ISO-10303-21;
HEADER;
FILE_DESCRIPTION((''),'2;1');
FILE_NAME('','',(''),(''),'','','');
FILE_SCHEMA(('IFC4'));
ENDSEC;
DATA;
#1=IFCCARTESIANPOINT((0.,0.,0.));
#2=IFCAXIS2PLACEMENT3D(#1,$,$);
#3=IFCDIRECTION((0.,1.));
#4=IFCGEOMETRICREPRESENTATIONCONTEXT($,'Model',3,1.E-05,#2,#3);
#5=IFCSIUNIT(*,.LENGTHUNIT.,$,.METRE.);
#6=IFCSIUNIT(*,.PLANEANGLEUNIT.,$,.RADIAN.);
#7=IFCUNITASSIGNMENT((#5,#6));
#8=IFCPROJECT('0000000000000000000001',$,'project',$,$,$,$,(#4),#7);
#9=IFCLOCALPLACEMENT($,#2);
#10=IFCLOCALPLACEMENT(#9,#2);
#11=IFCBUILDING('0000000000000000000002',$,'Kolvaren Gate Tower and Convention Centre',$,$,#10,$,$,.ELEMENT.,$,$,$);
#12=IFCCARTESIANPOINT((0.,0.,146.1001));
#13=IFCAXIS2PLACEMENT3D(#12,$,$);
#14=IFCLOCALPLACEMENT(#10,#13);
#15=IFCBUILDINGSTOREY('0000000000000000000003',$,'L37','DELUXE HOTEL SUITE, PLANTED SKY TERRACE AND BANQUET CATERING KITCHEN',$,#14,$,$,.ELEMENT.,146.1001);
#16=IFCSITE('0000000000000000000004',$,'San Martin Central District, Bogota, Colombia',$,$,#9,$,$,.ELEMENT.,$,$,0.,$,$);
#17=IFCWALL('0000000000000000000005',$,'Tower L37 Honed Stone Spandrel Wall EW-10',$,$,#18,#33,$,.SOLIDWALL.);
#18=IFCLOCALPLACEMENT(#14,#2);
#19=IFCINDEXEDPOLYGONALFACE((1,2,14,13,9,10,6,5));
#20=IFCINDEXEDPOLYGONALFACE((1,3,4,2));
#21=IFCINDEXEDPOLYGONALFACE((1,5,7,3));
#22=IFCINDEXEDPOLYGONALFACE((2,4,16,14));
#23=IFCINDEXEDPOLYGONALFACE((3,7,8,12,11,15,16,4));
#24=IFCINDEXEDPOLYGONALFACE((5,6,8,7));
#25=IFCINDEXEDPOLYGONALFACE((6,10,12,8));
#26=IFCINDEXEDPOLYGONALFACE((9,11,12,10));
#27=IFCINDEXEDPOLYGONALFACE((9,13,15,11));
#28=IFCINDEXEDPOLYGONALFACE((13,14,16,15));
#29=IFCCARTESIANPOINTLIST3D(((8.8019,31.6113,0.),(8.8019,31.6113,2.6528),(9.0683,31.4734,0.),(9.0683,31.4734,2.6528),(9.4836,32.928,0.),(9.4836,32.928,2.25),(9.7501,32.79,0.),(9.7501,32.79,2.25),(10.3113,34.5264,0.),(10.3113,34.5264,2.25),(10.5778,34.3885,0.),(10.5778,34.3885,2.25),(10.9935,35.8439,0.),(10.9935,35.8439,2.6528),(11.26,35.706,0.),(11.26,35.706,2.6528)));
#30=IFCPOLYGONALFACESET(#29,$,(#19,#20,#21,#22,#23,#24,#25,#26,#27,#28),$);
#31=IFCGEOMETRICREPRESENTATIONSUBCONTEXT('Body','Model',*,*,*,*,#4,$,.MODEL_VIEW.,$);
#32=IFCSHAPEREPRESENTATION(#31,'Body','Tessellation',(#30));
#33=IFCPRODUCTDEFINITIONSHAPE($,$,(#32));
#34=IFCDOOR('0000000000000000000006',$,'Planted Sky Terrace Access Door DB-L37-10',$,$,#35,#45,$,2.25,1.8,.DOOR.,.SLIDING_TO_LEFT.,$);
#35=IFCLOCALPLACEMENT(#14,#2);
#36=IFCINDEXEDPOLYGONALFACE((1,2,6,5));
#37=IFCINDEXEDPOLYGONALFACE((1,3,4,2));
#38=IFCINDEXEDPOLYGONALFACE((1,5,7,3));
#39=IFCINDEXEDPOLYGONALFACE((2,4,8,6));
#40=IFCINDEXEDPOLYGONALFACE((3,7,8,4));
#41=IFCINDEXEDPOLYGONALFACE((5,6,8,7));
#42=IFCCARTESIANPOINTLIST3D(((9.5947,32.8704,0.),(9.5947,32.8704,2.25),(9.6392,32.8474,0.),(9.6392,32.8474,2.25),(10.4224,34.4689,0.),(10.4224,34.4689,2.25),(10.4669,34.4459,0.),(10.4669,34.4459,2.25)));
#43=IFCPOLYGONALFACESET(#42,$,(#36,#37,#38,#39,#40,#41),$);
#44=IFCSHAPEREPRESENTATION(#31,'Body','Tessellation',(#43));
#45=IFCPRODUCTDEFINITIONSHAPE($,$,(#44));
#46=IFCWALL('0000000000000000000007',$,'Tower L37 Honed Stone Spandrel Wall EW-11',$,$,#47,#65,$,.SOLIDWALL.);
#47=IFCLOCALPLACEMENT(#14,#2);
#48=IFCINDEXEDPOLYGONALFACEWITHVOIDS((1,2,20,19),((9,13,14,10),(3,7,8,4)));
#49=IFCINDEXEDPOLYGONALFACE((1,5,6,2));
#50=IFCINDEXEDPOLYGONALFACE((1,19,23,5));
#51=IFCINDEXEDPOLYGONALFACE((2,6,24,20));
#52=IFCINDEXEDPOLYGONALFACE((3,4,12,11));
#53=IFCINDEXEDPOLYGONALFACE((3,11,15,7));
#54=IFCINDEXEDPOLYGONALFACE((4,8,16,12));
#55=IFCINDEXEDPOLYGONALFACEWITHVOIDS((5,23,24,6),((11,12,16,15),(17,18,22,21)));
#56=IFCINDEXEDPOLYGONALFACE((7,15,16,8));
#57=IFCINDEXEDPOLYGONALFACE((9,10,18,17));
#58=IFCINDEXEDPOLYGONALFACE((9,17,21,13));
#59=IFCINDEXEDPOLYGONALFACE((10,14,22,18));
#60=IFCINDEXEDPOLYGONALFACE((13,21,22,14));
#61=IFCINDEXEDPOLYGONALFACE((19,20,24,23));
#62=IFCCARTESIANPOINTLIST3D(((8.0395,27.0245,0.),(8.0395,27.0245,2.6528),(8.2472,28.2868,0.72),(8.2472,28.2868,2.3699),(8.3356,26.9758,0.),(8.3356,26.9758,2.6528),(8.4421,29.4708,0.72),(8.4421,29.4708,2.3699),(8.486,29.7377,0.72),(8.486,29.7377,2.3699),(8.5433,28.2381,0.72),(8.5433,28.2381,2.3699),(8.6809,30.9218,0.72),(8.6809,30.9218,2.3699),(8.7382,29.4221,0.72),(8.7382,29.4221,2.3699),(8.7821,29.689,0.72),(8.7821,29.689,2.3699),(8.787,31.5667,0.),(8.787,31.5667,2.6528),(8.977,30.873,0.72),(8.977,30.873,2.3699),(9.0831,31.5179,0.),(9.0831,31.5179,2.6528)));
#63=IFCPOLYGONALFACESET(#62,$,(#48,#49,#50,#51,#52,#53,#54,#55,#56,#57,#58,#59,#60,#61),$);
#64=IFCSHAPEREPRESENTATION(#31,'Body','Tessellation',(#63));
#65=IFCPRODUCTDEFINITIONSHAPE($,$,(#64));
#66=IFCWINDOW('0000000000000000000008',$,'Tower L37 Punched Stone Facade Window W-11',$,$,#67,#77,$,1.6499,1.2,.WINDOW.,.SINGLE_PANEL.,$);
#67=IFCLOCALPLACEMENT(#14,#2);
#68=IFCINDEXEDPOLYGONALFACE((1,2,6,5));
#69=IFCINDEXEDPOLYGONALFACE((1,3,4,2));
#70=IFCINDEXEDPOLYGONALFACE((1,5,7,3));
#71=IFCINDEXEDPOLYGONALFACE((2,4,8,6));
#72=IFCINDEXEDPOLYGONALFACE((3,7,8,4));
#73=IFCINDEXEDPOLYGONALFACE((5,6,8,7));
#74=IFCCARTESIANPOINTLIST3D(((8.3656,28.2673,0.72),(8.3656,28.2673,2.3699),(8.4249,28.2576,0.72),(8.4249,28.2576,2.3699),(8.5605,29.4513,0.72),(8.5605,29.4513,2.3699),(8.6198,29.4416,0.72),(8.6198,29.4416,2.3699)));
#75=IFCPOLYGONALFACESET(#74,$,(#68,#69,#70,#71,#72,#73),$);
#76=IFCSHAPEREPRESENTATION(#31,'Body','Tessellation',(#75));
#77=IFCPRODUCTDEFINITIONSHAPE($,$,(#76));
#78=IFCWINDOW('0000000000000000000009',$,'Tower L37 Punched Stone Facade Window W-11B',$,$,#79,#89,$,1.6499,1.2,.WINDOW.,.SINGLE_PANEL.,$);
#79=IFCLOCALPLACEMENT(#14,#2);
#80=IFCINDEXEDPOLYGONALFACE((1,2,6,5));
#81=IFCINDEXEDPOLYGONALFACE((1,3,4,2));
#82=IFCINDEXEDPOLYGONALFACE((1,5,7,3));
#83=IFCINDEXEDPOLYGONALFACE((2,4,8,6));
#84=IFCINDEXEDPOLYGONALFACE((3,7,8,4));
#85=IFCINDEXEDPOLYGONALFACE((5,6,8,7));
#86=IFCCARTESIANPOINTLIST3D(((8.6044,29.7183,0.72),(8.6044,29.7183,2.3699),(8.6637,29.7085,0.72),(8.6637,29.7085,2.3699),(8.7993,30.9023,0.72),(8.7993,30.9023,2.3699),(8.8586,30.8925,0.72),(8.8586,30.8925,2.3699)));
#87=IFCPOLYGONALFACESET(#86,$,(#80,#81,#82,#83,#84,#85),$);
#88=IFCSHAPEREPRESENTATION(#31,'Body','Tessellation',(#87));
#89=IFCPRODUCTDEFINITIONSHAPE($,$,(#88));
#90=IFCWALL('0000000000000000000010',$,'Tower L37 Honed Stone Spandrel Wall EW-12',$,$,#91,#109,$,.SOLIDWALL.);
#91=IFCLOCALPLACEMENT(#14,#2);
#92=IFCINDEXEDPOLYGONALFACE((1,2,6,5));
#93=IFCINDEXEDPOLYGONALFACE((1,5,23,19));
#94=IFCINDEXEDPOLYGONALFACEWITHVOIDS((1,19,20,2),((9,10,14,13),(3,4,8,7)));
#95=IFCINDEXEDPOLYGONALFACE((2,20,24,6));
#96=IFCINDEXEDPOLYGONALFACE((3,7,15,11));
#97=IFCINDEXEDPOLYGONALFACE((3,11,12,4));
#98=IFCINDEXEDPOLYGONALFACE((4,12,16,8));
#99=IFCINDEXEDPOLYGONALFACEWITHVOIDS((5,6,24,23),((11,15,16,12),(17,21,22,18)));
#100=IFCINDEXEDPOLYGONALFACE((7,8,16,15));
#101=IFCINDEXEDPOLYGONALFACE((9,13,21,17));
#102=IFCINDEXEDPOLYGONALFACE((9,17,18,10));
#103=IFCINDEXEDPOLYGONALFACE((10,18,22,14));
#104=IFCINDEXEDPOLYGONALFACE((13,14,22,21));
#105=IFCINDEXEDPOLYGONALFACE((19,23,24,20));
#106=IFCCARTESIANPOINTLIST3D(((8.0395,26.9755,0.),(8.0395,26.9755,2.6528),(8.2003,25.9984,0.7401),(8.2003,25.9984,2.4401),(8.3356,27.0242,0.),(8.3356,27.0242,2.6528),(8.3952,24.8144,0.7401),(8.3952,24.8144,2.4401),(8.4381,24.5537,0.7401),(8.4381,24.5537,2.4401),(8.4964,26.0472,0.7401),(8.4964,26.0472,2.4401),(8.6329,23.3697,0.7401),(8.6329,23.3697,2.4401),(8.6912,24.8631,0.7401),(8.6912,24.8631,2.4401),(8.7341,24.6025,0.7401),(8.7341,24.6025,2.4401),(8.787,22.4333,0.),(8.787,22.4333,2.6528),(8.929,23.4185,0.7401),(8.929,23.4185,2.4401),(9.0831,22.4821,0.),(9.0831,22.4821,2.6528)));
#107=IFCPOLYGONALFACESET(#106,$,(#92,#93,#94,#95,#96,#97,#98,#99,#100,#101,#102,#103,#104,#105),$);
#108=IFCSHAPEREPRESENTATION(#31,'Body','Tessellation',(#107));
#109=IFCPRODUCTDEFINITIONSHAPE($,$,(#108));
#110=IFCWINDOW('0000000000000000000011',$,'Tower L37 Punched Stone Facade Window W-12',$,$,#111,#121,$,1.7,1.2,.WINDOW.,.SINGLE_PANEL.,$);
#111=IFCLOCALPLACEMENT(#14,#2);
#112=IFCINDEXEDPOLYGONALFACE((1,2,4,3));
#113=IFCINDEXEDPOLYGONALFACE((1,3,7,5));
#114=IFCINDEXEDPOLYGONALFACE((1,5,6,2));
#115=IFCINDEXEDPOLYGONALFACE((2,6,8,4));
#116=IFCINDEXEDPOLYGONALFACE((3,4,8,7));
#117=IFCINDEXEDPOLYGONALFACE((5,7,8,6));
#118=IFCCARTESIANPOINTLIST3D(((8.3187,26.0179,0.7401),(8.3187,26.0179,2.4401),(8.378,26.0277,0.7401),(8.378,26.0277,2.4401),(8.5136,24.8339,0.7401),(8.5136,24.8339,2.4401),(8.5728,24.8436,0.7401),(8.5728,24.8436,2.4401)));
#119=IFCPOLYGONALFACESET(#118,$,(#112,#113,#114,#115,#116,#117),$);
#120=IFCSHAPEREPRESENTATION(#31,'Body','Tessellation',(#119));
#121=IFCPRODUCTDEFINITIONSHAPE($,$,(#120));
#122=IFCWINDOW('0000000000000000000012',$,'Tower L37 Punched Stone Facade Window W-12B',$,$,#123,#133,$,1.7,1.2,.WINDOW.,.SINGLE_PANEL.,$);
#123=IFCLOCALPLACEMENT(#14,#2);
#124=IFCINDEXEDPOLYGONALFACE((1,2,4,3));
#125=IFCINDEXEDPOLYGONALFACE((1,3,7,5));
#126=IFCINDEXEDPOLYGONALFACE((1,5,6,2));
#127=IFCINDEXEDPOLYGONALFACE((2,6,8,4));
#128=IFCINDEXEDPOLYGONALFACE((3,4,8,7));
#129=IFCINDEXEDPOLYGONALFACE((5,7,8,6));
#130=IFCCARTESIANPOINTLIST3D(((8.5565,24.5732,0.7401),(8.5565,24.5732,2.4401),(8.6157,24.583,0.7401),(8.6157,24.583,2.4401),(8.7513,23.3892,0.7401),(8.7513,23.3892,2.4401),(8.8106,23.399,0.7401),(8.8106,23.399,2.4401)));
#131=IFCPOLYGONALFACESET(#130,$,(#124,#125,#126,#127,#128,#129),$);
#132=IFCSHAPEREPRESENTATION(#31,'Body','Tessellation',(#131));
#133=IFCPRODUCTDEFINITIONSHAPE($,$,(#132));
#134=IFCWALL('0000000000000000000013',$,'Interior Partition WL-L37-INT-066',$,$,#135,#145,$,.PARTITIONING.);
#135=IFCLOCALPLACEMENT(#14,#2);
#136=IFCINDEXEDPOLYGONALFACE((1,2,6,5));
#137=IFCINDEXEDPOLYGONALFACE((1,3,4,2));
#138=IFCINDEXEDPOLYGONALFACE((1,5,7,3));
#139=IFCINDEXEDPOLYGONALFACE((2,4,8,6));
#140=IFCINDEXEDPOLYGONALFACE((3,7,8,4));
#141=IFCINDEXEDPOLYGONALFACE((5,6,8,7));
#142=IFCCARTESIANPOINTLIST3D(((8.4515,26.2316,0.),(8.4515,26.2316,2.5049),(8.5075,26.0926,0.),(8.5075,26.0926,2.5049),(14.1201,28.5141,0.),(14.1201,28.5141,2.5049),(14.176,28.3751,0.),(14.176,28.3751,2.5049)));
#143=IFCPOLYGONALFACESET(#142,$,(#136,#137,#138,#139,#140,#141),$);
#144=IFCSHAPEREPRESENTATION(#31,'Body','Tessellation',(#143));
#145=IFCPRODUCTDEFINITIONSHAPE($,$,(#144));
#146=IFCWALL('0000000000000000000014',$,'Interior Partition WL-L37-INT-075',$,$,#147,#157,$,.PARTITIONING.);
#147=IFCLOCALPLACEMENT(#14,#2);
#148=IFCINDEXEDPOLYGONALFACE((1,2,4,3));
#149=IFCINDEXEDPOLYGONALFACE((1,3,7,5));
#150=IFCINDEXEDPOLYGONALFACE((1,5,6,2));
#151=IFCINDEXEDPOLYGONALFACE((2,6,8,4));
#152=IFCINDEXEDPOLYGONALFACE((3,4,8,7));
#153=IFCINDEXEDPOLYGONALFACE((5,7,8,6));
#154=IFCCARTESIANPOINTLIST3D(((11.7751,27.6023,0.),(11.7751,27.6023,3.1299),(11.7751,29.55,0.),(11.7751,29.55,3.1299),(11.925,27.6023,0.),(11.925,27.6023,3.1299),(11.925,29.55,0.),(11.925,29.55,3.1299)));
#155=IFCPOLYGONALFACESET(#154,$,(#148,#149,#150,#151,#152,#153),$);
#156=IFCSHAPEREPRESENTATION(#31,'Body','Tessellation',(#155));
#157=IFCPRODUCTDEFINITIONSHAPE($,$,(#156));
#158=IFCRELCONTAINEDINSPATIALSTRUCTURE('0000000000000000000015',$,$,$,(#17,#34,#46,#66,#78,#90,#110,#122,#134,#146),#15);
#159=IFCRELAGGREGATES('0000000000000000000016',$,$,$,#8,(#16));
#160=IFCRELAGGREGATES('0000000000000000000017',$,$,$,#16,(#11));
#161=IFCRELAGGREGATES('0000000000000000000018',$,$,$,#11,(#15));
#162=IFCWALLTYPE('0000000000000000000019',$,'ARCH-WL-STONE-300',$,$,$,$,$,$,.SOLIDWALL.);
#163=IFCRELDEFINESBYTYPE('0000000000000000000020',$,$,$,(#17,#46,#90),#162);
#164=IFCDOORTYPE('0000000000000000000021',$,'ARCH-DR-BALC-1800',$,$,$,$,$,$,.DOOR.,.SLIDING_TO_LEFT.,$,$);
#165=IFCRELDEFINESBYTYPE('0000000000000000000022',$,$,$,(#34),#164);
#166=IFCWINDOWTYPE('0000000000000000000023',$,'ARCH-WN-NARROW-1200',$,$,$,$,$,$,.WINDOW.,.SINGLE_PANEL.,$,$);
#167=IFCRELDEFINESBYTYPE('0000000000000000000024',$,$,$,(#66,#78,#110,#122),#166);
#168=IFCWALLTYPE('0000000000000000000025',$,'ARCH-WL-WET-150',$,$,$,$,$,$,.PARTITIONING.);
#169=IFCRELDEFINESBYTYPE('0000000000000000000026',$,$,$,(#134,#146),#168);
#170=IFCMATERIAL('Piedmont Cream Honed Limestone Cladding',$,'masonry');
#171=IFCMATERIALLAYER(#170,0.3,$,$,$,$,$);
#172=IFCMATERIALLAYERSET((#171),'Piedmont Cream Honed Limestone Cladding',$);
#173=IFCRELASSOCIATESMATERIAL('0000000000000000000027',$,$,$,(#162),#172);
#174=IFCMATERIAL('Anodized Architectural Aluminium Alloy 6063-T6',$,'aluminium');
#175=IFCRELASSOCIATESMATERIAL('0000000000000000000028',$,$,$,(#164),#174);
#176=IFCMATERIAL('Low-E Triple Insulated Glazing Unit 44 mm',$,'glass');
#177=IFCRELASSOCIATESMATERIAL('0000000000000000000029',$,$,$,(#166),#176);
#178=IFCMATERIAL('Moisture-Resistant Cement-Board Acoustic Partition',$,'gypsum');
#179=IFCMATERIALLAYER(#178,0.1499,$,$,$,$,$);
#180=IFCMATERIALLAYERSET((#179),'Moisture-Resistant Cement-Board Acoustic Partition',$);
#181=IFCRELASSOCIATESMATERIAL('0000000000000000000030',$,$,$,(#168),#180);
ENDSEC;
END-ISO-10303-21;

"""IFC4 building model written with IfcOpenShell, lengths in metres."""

from ifc_helpers import new_model, si_unit, direction, frame, frame_2d, origin, place, context, subcontext, project, spatial, rectangle, extrude, material, layer, layer_set, type_object, element, fill, save


model = new_model("IFC4")

# Units and contexts
model_context = context("Model", 3, precision=1e-05, world=origin(), true_north=direction((0.0, 1.0)))
body_context = subcontext(model_context, "Body", "Model", "MODEL_VIEW")
ifc_project = project(units=[si_unit("LENGTHUNIT", "METRE"), si_unit("PLANEANGLEUNIT", "RADIAN")], contexts=[model_context])

# Site, building, storey
site_placement = place(None, origin())
site = spatial("IfcSite", under=ifc_project, at=site_placement, Name="San Martin Central District, Bogota, Colombia", CompositionType="ELEMENT", RefElevation=0.0)
building_placement = place(site_placement, origin())
building = spatial("IfcBuilding", under=site, at=building_placement, Name="Kolvaren Gate Tower and Convention Centre", CompositionType="ELEMENT")
storey_placement = place(building_placement, frame((0.0, 0.0, 146.1001)))
storey = spatial("IfcBuildingStorey", under=building, at=storey_placement, Name="L37", Description="DELUXE HOTEL SUITE, PLANTED SKY TERRACE AND BANQUET CATERING KITCHEN", CompositionType="ELEMENT", Elevation=146.1001)

# Shared definitions
ifc_material_1 = material(Name="Piedmont Cream Honed Limestone Cladding", Category="masonry")

# Shared definitions
ifc_layer_1 = layer(ifc_material_1, 0.3)
ifc_layer_set_1 = layer_set([ifc_layer_1], Name="Piedmont Cream Honed Limestone Cladding")
wall_type_1 = type_object("IfcWallType", Name="ARCH-WL-STONE-300", PredefinedType="SOLIDWALL", material=ifc_layer_set_1)
ifc_material_2 = material(Name="Low-E Triple Insulated Glazing Unit 44 mm", Category="glass")

# Wall, opening, door
wall_1_placement = place(storey_placement, frame((8.9351, 31.5422, 0.0), z_axis=(0.0, 0.0, 1.0), x_axis=(0.45981, 0.888017, 0.0)))
wall_1 = element("IfcWall", 1, at=wall_1_placement, inside=storey, type_object=wall_type_1, Name="Tower L37 Honed Stone Spandrel Wall EW-10", PredefinedType="SOLIDWALL", context=body_context, shape_type="SweptSolid", body=[
    extrude(rectangle(XDim=4.7664, YDim=0.3, at=frame_2d((2.3833, 0.0))), origin(), (0.0, 0.0, 1.0), 2.6528),
])
opening_1_placement = place(wall_1_placement, frame((1.4829, 0.0, 0.0)))
opening_1 = element("IfcOpeningElement", 2, at=opening_1_placement, cuts=wall_1, PredefinedType="OPENING", context=body_context, shape_type="SweptSolid", body=[
    extrude(rectangle(XDim=1.8, YDim=2.25, at=frame_2d((0.8999, 1.125))), frame((0.0, 0.1599, 0.0), z_axis=(0.0, -1.0, 0.0), x_axis=(1.0, 0.0, 0.0)), (0.0, 0.0, 1.0), 0.3201),
])
ifc_material_3 = material(Name="Anodized Architectural Aluminium Alloy 6063-T6", Category="aluminium")
door_type_1 = type_object("IfcDoorType", Name="ARCH-DR-BALC-1800", OperationType="SLIDING_TO_LEFT", PredefinedType="DOOR", material=ifc_material_3)
door_1_placement = place(opening_1_placement, origin())
door_1 = element("IfcDoor", 3, at=door_1_placement, inside=storey, type_object=door_type_1, Name="Planted Sky Terrace Access Door DB-L37-10", OperationType="SLIDING_TO_LEFT", OverallHeight=2.25, OverallWidth=1.8, PredefinedType="DOOR", context=body_context, shape_type="SweptSolid", body=[
    extrude(rectangle(XDim=1.8, YDim=2.25, at=frame_2d((0.8999, 1.125))), frame((0.0, 0.0249, 0.0), z_axis=(0.0, -1.0, 0.0), x_axis=(1.0, 0.0, 0.0)), (0.0, 0.0, 1.0), 0.05),
])
fill(opening_1, door_1)

# Walls, openings, windows
wall_2_placement = place(storey_placement, frame((8.1875, 27.0, 0.0), z_axis=(0.0, 0.0, 1.0), x_axis=(0.162395, 0.986726, 0.0)))
wall_2 = element("IfcWall", 4, at=wall_2_placement, inside=storey, type_object=wall_type_1, Name="Tower L37 Honed Stone Spandrel Wall EW-11", PredefinedType="SOLIDWALL", context=body_context, shape_type="SweptSolid", body=[
    extrude(rectangle(XDim=4.6033, YDim=0.3, at=frame_2d((2.3018, 0.0))), origin(), (0.0, 0.0, 1.0), 2.6528),
])
opening_2_placement = place(wall_2_placement, frame((1.2793, 0.0, 0.72)))
opening_2 = element("IfcOpeningElement", 5, at=opening_2_placement, cuts=wall_2, PredefinedType="OPENING", context=body_context, shape_type="SweptSolid", body=[
    extrude(rectangle(XDim=1.2, YDim=1.6499, at=frame_2d((0.6001, 0.825))), frame((0.0, 0.1599, 0.0), z_axis=(0.0, -1.0, 0.0), x_axis=(1.0, 0.0, 0.0)), (0.0, 0.0, 1.0), 0.3201),
])
opening_3_placement = place(wall_2_placement, frame((2.7498, 0.0, 0.72)))
opening_3 = element("IfcOpeningElement", 6, at=opening_3_placement, cuts=wall_2, PredefinedType="OPENING", context=body_context, shape_type="SweptSolid", body=[
    extrude(rectangle(XDim=1.2, YDim=1.6499, at=frame_2d((0.6001, 0.825))), frame((0.0, 0.1599, 0.0), z_axis=(0.0, -1.0, 0.0), x_axis=(1.0, 0.0, 0.0)), (0.0, 0.0, 1.0), 0.3201),
])
window_type_1 = type_object("IfcWindowType", Name="ARCH-WN-NARROW-1200", PartitioningType="SINGLE_PANEL", PredefinedType="WINDOW", material=ifc_material_2)
window_1_placement = place(opening_2_placement, origin())
window_1 = element("IfcWindow", 7, at=window_1_placement, inside=storey, type_object=window_type_1, Name="Tower L37 Punched Stone Facade Window W-11", OverallHeight=1.6499, OverallWidth=1.2, PartitioningType="SINGLE_PANEL", PredefinedType="WINDOW", context=body_context, shape_type="SweptSolid", body=[
    extrude(rectangle(XDim=1.2, YDim=1.6499, at=frame_2d((0.6001, 0.825))), frame((0.0, 0.03, 0.0), z_axis=(0.0, -1.0, 0.0), x_axis=(1.0, 0.0, 0.0)), (0.0, 0.0, 1.0), 0.0601),
])
fill(opening_2, window_1)
window_2_placement = place(opening_3_placement, origin())
window_2 = element("IfcWindow", 8, at=window_2_placement, inside=storey, type_object=window_type_1, Name="Tower L37 Punched Stone Facade Window W-11B", OverallHeight=1.6499, OverallWidth=1.2, PartitioningType="SINGLE_PANEL", PredefinedType="WINDOW", context=body_context, shape_type="SweptSolid", body=[
    extrude(rectangle(XDim=1.2, YDim=1.6499, at=frame_2d((0.6001, 0.825))), frame((0.0, 0.03, 0.0), z_axis=(0.0, -1.0, 0.0), x_axis=(1.0, 0.0, 0.0)), (0.0, 0.0, 1.0), 0.0601),
])
fill(opening_3, window_2)
wall_3_placement = place(storey_placement, frame((8.1875, 27.0, 0.0), z_axis=(0.0, 0.0, 1.0), x_axis=(0.162395, -0.986726, 0.0)))
wall_3 = element("IfcWall", 9, at=wall_3_placement, inside=storey, type_object=wall_type_1, Name="Tower L37 Honed Stone Spandrel Wall EW-12", PredefinedType="SOLIDWALL", context=body_context, shape_type="SweptSolid", body=[
    extrude(rectangle(XDim=4.6033, YDim=0.3, at=frame_2d((2.3018, 0.0))), origin(), (0.0, 0.0, 1.0), 2.6528),
])
opening_4_placement = place(wall_3_placement, frame((0.9902, 0.0, 0.74)))
opening_4 = element("IfcOpeningElement", 10, at=opening_4_placement, cuts=wall_3, PredefinedType="OPENING", context=body_context, shape_type="SweptSolid", body=[
    extrude(rectangle(XDim=1.2, YDim=1.7, at=frame_2d((0.6001, 0.8501))), frame((0.0, 0.1599, 0.0), z_axis=(0.0, -1.0, 0.0), x_axis=(1.0, 0.0, 0.0)), (0.0, 0.0, 1.0), 0.3201),
])
opening_5_placement = place(wall_3_placement, frame((2.4543, 0.0, 0.74)))
opening_5 = element("IfcOpeningElement", 11, at=opening_5_placement, cuts=wall_3, PredefinedType="OPENING", context=body_context, shape_type="SweptSolid", body=[
    extrude(rectangle(XDim=1.2, YDim=1.7, at=frame_2d((0.6001, 0.8501))), frame((0.0, 0.1599, 0.0), z_axis=(0.0, -1.0, 0.0), x_axis=(1.0, 0.0, 0.0)), (0.0, 0.0, 1.0), 0.3201),
])
window_3_placement = place(opening_4_placement, origin())
window_3 = element("IfcWindow", 12, at=window_3_placement, inside=storey, type_object=window_type_1, Name="Tower L37 Punched Stone Facade Window W-12", OverallHeight=1.7, OverallWidth=1.2, PartitioningType="SINGLE_PANEL", PredefinedType="WINDOW", context=body_context, shape_type="SweptSolid", body=[
    extrude(rectangle(XDim=1.2, YDim=1.7, at=frame_2d((0.6001, 0.8501))), frame((0.0, 0.03, 0.0), z_axis=(0.0, -1.0, 0.0), x_axis=(1.0, 0.0, 0.0)), (0.0, 0.0, 1.0), 0.0601),
])
fill(opening_4, window_3)
window_4_placement = place(opening_5_placement, origin())
window_4 = element("IfcWindow", 13, at=window_4_placement, inside=storey, type_object=window_type_1, Name="Tower L37 Punched Stone Facade Window W-12B", OverallHeight=1.7, OverallWidth=1.2, PartitioningType="SINGLE_PANEL", PredefinedType="WINDOW", context=body_context, shape_type="SweptSolid", body=[
    extrude(rectangle(XDim=1.2, YDim=1.7, at=frame_2d((0.6001, 0.8501))), frame((0.0, 0.03, 0.0), z_axis=(0.0, -1.0, 0.0), x_axis=(1.0, 0.0, 0.0)), (0.0, 0.0, 1.0), 0.0601),
])
fill(opening_5, window_4)

# Walls
ifc_material_4 = material(Name="Moisture-Resistant Cement-Board Acoustic Partition", Category="gypsum")
ifc_layer_2 = layer(ifc_material_4, 0.1499)
ifc_layer_set_2 = layer_set([ifc_layer_2], Name="Moisture-Resistant Cement-Board Acoustic Partition")
wall_type_2 = type_object("IfcWallType", Name="ARCH-WL-WET-150", PredefinedType="PARTITIONING", material=ifc_layer_set_2)
wall_4_placement = place(storey_placement, frame((8.4795, 26.1621, 0.0), z_axis=(0.0, 0.0, 1.0), x_axis=(0.927623, 0.373518, 0.0)))
element("IfcWall", 14, at=wall_4_placement, inside=storey, type_object=wall_type_2, Name="Interior Partition WL-L37-INT-066", PredefinedType="PARTITIONING", context=body_context, shape_type="SweptSolid", body=[
    extrude(rectangle(XDim=6.1108, YDim=0.1499, at=frame_2d((3.0554, 0.0))), origin(), (0.0, 0.0, 1.0), 2.5049),
])
wall_5_placement = place(storey_placement, frame((11.8501, 27.6023, 0.0), z_axis=(0.0, 0.0, 1.0), x_axis=(0.0, 1.0, 0.0)))
element("IfcWall", 15, at=wall_5_placement, inside=storey, type_object=wall_type_2, Name="Interior Partition WL-L37-INT-075", PredefinedType="PARTITIONING", context=body_context, shape_type="SweptSolid", body=[
    extrude(rectangle(XDim=1.9478, YDim=0.1499, at=frame_2d((0.9739, 0.0))), origin(), (0.0, 0.0, 1.0), 3.1299),
])

save(model, "model.ifc")
